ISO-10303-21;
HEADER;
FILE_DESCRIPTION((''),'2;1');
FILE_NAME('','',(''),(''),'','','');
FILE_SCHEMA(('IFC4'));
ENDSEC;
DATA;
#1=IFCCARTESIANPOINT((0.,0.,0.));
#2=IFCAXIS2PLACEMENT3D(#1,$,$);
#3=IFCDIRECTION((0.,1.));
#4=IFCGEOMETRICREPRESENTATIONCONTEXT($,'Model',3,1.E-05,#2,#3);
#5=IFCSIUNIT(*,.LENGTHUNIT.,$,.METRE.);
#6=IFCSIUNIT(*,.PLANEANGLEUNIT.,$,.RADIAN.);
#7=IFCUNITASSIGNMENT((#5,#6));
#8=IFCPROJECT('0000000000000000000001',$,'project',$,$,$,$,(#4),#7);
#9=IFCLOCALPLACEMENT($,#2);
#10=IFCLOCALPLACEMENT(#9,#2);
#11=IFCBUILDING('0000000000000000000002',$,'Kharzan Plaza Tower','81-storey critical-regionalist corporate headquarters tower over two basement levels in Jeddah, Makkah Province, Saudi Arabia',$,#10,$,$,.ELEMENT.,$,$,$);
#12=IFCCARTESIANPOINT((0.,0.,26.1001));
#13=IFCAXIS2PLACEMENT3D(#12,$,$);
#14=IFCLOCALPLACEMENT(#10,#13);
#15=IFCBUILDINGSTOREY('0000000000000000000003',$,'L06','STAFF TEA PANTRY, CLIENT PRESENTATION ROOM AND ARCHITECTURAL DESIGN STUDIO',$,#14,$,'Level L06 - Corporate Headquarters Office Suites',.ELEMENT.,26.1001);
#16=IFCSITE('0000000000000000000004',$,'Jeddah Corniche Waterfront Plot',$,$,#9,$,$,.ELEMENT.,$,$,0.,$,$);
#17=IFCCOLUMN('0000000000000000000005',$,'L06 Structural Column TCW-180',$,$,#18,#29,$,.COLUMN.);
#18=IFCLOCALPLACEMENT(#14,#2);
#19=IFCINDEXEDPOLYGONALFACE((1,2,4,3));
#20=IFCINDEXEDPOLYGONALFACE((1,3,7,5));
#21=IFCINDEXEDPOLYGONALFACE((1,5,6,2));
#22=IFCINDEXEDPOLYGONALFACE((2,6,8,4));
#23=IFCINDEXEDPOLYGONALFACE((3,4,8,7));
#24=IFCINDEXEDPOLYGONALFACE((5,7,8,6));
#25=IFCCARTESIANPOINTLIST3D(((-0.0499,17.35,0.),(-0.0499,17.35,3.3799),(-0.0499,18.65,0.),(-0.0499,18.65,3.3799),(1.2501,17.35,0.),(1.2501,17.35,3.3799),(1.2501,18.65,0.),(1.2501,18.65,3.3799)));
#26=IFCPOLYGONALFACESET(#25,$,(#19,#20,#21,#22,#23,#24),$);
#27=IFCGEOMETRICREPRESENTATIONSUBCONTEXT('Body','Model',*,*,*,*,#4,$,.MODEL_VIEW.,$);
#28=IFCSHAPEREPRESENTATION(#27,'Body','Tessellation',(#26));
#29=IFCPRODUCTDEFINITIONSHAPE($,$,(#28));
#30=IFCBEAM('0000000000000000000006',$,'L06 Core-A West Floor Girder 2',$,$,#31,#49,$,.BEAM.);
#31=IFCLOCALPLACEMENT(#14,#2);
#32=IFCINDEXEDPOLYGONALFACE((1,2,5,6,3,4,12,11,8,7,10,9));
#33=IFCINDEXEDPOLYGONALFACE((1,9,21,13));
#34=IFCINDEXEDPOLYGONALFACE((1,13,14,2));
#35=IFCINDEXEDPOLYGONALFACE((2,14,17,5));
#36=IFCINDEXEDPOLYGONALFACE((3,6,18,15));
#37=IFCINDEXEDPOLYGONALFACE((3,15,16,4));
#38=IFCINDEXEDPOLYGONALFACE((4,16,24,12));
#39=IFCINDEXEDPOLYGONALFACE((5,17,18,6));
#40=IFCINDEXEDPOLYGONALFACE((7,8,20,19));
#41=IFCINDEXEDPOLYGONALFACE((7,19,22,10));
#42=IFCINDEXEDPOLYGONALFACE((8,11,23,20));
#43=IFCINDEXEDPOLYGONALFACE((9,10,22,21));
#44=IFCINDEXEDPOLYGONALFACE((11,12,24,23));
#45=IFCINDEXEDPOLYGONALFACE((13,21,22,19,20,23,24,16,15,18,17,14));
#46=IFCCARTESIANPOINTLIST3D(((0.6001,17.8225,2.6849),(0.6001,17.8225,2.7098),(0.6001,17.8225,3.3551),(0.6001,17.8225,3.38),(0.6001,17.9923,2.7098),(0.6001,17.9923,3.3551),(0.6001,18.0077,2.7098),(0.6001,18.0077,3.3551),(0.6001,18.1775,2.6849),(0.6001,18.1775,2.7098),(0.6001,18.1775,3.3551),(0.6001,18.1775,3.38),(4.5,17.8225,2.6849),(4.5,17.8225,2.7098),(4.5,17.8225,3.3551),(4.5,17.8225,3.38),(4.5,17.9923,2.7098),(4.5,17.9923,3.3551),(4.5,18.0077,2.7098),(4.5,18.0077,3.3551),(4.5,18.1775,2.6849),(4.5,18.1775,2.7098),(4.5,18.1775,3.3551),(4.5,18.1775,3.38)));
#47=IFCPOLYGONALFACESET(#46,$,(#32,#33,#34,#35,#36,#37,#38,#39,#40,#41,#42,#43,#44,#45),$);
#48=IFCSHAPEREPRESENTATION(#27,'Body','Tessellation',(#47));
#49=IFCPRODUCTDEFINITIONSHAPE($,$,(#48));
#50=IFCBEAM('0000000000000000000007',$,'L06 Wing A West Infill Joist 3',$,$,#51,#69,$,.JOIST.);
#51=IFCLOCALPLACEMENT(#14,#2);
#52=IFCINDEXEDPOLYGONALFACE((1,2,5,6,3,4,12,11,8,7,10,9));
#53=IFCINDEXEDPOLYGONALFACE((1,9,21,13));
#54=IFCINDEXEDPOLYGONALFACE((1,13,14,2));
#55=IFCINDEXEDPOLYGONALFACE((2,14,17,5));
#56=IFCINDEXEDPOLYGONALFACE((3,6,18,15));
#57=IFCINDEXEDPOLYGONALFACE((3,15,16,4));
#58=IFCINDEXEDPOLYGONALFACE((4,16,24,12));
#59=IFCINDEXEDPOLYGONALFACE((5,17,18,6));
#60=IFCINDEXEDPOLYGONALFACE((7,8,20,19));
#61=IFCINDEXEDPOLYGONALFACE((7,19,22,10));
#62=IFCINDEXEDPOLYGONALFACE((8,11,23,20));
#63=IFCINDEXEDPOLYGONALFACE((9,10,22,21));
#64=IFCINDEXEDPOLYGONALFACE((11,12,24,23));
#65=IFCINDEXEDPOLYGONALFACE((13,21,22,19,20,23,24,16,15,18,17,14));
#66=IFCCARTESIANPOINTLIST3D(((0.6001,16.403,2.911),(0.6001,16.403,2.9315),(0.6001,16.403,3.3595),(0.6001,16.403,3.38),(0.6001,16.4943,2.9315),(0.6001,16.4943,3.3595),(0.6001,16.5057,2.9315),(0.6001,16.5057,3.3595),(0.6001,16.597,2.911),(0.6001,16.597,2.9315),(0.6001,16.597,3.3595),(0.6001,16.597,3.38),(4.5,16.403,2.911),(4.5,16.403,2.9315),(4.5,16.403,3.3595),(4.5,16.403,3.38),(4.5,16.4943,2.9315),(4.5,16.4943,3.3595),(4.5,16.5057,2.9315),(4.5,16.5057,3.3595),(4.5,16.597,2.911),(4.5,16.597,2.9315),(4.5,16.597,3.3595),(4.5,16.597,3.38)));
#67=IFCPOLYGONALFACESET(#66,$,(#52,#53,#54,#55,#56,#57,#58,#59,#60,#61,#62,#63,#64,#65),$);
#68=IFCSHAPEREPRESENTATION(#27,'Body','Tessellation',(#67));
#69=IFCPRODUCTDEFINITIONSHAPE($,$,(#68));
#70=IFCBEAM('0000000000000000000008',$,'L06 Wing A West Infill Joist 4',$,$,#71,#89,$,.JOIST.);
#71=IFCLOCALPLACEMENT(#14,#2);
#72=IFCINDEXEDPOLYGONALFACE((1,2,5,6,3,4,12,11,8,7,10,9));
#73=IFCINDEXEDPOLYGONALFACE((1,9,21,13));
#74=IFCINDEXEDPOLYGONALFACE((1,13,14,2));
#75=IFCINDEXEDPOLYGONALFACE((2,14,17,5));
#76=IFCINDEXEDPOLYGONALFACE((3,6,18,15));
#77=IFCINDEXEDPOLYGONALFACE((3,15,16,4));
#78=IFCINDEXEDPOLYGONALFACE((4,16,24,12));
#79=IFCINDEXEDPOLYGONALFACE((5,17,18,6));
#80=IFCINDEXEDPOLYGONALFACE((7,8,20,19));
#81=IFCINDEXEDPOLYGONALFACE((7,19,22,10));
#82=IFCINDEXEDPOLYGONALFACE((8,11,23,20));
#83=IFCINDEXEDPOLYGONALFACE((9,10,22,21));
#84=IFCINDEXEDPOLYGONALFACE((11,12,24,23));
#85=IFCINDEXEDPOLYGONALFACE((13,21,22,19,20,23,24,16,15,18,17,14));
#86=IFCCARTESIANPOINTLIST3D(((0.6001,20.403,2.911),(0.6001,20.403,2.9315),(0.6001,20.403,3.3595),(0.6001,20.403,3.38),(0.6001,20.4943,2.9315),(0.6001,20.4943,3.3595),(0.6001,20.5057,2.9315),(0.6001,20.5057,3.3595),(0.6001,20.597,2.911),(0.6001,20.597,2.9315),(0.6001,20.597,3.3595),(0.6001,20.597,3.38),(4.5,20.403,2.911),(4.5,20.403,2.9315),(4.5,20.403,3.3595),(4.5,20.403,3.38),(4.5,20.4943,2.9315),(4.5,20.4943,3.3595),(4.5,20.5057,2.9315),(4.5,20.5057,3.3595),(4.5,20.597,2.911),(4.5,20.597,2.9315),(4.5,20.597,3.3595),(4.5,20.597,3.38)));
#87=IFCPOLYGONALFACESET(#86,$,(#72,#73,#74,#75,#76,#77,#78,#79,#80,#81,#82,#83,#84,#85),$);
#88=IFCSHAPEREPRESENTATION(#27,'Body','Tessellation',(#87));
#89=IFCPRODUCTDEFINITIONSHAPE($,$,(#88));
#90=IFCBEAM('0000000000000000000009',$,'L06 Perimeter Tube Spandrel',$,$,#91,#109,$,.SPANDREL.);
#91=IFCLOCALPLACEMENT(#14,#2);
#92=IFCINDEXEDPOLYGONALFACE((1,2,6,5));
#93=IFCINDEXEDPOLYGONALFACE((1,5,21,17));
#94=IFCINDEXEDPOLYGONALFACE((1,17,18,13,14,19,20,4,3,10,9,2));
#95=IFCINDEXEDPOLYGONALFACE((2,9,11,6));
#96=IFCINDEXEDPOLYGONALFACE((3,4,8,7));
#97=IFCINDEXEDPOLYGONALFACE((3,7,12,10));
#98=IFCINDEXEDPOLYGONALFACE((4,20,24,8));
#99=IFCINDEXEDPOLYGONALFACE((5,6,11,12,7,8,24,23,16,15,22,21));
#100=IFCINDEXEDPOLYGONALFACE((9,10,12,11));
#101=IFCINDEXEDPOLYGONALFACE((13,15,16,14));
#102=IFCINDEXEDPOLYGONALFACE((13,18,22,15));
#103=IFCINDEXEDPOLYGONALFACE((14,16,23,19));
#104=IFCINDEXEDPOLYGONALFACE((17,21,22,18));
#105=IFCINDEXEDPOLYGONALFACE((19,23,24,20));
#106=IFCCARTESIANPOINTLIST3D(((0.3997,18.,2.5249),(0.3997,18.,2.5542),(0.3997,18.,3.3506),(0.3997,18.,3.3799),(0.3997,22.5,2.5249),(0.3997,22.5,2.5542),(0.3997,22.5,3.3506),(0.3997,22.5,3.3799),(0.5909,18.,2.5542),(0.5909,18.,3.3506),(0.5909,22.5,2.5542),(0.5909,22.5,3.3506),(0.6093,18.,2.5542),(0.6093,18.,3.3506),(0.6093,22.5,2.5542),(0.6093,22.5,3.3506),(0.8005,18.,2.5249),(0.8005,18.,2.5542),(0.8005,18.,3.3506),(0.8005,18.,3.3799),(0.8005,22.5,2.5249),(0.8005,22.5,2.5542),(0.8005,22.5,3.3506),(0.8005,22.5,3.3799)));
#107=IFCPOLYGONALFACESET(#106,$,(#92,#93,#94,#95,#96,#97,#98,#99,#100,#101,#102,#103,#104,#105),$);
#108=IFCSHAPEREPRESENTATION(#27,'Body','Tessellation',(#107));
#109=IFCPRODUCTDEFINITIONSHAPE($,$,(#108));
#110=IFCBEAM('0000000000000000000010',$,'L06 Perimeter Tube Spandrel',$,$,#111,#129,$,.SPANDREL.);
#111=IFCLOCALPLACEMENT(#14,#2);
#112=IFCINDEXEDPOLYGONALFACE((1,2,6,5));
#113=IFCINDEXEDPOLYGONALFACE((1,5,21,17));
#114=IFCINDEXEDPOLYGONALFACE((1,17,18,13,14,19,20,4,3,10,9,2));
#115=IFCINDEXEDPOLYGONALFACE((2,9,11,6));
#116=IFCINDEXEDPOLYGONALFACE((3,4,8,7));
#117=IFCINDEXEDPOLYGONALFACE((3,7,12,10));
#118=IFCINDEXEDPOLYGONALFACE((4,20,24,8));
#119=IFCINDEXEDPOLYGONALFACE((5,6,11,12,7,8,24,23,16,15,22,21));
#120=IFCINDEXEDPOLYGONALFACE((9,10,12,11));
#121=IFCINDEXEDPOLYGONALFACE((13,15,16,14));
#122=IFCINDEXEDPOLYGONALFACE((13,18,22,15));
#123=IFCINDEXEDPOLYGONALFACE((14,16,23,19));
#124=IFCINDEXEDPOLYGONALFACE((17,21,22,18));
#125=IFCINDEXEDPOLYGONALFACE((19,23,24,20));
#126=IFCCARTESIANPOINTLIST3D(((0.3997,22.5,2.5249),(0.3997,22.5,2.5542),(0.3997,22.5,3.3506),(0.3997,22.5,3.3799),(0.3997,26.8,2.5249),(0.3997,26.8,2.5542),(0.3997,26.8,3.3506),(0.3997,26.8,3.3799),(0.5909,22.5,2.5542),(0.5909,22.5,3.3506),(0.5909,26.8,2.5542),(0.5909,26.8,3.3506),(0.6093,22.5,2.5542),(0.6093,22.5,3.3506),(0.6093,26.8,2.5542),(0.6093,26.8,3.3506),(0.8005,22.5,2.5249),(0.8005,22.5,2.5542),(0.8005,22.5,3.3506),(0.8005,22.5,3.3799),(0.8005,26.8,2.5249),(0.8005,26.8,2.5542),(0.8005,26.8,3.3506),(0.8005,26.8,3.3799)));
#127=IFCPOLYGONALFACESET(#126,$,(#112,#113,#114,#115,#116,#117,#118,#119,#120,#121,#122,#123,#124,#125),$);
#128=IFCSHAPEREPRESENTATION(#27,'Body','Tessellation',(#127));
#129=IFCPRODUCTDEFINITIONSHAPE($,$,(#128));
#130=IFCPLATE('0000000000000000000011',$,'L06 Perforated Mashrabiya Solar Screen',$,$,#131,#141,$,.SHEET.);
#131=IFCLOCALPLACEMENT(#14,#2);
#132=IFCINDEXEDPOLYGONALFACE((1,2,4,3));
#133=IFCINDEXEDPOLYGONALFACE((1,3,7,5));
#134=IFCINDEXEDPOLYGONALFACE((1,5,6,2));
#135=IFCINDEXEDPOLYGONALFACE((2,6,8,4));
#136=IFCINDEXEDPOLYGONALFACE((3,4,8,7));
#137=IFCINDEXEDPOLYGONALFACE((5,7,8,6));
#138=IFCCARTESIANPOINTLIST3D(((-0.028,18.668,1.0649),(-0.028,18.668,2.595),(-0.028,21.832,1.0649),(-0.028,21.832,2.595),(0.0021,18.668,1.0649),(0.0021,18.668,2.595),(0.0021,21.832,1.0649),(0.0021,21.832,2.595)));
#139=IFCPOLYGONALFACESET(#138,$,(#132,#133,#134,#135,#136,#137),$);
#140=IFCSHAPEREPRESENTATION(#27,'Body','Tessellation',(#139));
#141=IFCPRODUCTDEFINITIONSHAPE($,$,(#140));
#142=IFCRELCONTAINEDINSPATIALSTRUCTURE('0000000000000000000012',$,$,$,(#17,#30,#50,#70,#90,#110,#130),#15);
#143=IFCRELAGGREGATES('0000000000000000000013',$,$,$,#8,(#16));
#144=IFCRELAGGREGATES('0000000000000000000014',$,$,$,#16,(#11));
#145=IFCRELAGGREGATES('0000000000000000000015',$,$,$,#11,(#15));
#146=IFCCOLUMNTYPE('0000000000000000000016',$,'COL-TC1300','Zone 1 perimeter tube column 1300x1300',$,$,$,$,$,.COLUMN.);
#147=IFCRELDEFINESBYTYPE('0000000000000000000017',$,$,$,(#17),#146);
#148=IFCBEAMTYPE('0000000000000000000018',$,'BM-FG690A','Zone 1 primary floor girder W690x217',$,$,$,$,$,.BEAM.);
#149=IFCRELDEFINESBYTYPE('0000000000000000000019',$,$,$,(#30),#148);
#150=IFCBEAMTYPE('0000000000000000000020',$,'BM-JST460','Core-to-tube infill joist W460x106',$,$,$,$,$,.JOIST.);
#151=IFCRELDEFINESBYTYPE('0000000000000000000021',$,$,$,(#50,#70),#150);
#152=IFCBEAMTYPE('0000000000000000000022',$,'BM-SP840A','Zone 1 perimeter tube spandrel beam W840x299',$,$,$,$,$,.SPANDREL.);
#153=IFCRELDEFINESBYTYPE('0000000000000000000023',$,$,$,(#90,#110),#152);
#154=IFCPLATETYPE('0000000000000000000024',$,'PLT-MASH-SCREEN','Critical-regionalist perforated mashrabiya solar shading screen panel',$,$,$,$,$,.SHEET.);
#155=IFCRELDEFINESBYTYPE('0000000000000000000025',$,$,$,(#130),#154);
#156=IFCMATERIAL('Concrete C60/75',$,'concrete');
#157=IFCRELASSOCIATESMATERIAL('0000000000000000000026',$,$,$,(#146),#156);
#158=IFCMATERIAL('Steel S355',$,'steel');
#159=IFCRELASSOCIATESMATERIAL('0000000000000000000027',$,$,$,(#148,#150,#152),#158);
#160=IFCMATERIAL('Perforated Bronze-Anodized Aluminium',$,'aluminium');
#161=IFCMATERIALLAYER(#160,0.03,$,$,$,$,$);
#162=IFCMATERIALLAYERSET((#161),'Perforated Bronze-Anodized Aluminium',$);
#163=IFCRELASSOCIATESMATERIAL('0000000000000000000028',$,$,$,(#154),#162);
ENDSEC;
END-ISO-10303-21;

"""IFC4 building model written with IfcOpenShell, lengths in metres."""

from ifc_helpers import new_model, si_unit, direction, frame, origin, origin_2d, place, context, subcontext, project, spatial, rectangle, i_section, extrude, source, transform, mapped, material, layer, layer_set, material_profile, profile_set, type_object, element, save


model = new_model("IFC4")

# Units and contexts
model_context = context("Model", 3, precision=1e-05, world=origin(), true_north=direction((0.0, 1.0)))
body_context = subcontext(model_context, "Body", "Model", "MODEL_VIEW")
ifc_project = project(units=[si_unit("LENGTHUNIT", "METRE"), si_unit("PLANEANGLEUNIT", "RADIAN")], contexts=[model_context])

# Site, building, storey
site_placement = place(None, origin())
site = spatial("IfcSite", under=ifc_project, at=site_placement, Name="Jeddah Corniche Waterfront Plot", CompositionType="ELEMENT", RefElevation=0.0)
building_placement = place(site_placement, origin())
building = spatial("IfcBuilding", under=site, at=building_placement, Name="Kharzan Plaza Tower", Description="81-storey critical-regionalist corporate headquarters tower over two basement levels in Jeddah, Makkah Province, Saudi Arabia", CompositionType="ELEMENT")
storey_placement = place(building_placement, frame((0.0, 0.0, 26.1001)))
storey = spatial("IfcBuildingStorey", under=building, at=storey_placement, Name="L06", Description="STAFF TEA PANTRY, CLIENT PRESENTATION ROOM AND ARCHITECTURAL DESIGN STUDIO", LongName="Level L06 - Corporate Headquarters Office Suites", CompositionType="ELEMENT", Elevation=26.1001)

# Column
ifc_material_1 = material(Name="Concrete C60/75", Category="concrete")
ifc_material_profile_1 = material_profile(ifc_material_1, rectangle(XDim=1.3, YDim=1.3, at=origin_2d()), Name="RC-TC1300x1300")
ifc_profile_set_1 = profile_set([ifc_material_profile_1], Name="Concrete C60/75")
column_type = type_object("IfcColumnType", Name="COL-TC1300", Description="Zone 1 perimeter tube column 1300x1300", PredefinedType="COLUMN", material=ifc_profile_set_1)
shared_shape_1 = source(origin(), body_context, "Body", "SweptSolid", [
    extrude(rectangle(XDim=1.3, YDim=1.3, at=origin_2d()), origin(), (0.0, 0.0, 1.0), 3.3799),
])
column_placement = place(storey_placement, frame((0.6001, 18.0, 0.0), z_axis=(0.0, 0.0, 1.0), x_axis=(1.0, 0.0, 0.0)))
element("IfcColumn", 1, at=column_placement, inside=storey, type_object=column_type, Name="L06 Structural Column TCW-180", PredefinedType="COLUMN", context=body_context, shape_type="MappedRepresentation", body=[
    mapped(shared_shape_1, transform((0.0, 0.0, 0.0), x_axis=(1.0, 0.0, 0.0), y_axis=(0.0, 1.0, 0.0), z_axis=(0.0, 0.0, 1.0))),
])

# Beams
ifc_material_2 = material(Name="Steel S355", Category="steel")
ifc_material_profile_2 = material_profile(ifc_material_2, i_section(OverallWidth=0.355, OverallDepth=0.6951, WebThickness=0.0154, FlangeThickness=0.0249, at=origin_2d()), Name="W690x217")
ifc_profile_set_2 = profile_set([ifc_material_profile_2], Name="Steel S355")
beam_type_1 = type_object("IfcBeamType", Name="BM-FG690A", Description="Zone 1 primary floor girder W690x217", PredefinedType="BEAM", material=ifc_profile_set_2)
shared_shape_2 = source(origin(), body_context, "Body", "SweptSolid", [
    extrude(i_section(OverallWidth=0.355, OverallDepth=0.6951, WebThickness=0.0154, FlangeThickness=0.0249, at=origin_2d()), origin(), (0.0, 0.0, 1.0), 3.8999),
])
beam_1_placement = place(storey_placement, frame((0.6001, 18.0, 3.0325), z_axis=(1.0, 0.0, 0.0), x_axis=(0.0, 1.0, 0.0)))
element("IfcBeam", 2, at=beam_1_placement, inside=storey, type_object=beam_type_1, Name="L06 Core-A West Floor Girder 2", PredefinedType="BEAM", context=body_context, shape_type="MappedRepresentation", body=[
    mapped(shared_shape_2, transform((0.0, 0.0, 0.0), x_axis=(1.0, 0.0, 0.0), y_axis=(0.0, 1.0, 0.0), z_axis=(0.0, 0.0, 1.0))),
])
ifc_material_profile_3 = material_profile(ifc_material_2, i_section(OverallWidth=0.1941, OverallDepth=0.469, WebThickness=0.0115, FlangeThickness=0.0205, at=origin_2d()), Name="W460x106")
ifc_profile_set_3 = profile_set([ifc_material_profile_3], Name="Steel S355")
beam_type_2 = type_object("IfcBeamType", Name="BM-JST460", Description="Core-to-tube infill joist W460x106", PredefinedType="JOIST", material=ifc_profile_set_3)
shared_shape_3 = source(origin(), body_context, "Body", "SweptSolid", [
    extrude(i_section(OverallWidth=0.1941, OverallDepth=0.469, WebThickness=0.0115, FlangeThickness=0.0205, at=origin_2d()), origin(), (0.0, 0.0, 1.0), 3.8999),
])
for number, where, z_axis, x_axis, name in (
    (3, (0.6001, 16.5, 3.1455), (1.0, 0.0, 0.0), (0.0, 1.0, 0.0), "L06 Wing A West Infill Joist 3"),
    (4, (0.6001, 20.5, 3.1455), (1.0, 0.0, 0.0), (0.0, 1.0, 0.0), "L06 Wing A West Infill Joist 4"),
):
    element("IfcBeam", number, at=place(storey_placement, frame(where, z_axis=z_axis, x_axis=x_axis)), inside=storey, type_object=beam_type_2, Name=name, PredefinedType="JOIST", context=body_context, shape_type="MappedRepresentation", body=[
        mapped(shared_shape_3, transform((0.0, 0.0, 0.0), x_axis=(1.0, 0.0, 0.0), y_axis=(0.0, 1.0, 0.0), z_axis=(0.0, 0.0, 1.0))),
    ])
ifc_material_profile_4 = material_profile(ifc_material_2, i_section(OverallWidth=0.4009, OverallDepth=0.855, WebThickness=0.0183, FlangeThickness=0.0293, at=origin_2d()), Name="W840x299")
ifc_profile_set_4 = profile_set([ifc_material_profile_4], Name="Steel S355")
beam_type_3 = type_object("IfcBeamType", Name="BM-SP840A", Description="Zone 1 perimeter tube spandrel beam W840x299", PredefinedType="SPANDREL", material=ifc_profile_set_4)
shared_shape_4 = source(origin(), body_context, "Body", "SweptSolid", [
    extrude(i_section(OverallWidth=0.4009, OverallDepth=0.855, WebThickness=0.0183, FlangeThickness=0.0293, at=origin_2d()), origin(), (0.0, 0.0, 1.0), 4.5),
])
beam_2_placement = place(storey_placement, frame((0.6001, 18.0, 2.9524), z_axis=(0.0, 1.0, 0.0), x_axis=(-1.0, 0.0, 0.0)))
element("IfcBeam", 5, at=beam_2_placement, inside=storey, type_object=beam_type_3, Name="L06 Perimeter Tube Spandrel", PredefinedType="SPANDREL", context=body_context, shape_type="MappedRepresentation", body=[
    mapped(shared_shape_4, transform((0.0, 0.0, 0.0), x_axis=(1.0, 0.0, 0.0), y_axis=(0.0, 1.0, 0.0), z_axis=(0.0, 0.0, 1.0))),
])
shared_shape_5 = source(origin(), body_context, "Body", "SweptSolid", [
    extrude(i_section(OverallWidth=0.4009, OverallDepth=0.855, WebThickness=0.0183, FlangeThickness=0.0293, at=origin_2d()), origin(), (0.0, 0.0, 1.0), 4.3),
])
beam_3_placement = place(storey_placement, frame((0.6001, 22.5, 2.9524), z_axis=(0.0, 1.0, 0.0), x_axis=(-1.0, 0.0, 0.0)))
element("IfcBeam", 6, at=beam_3_placement, inside=storey, type_object=beam_type_3, Name="L06 Perimeter Tube Spandrel", PredefinedType="SPANDREL", context=body_context, shape_type="MappedRepresentation", body=[
    mapped(shared_shape_5, transform((0.0, 0.0, 0.0), x_axis=(1.0, 0.0, 0.0), y_axis=(0.0, 1.0, 0.0), z_axis=(0.0, 0.0, 1.0))),
])

# Plate
ifc_material_3 = material(Name="Perforated Bronze-Anodized Aluminium", Category="aluminium")
ifc_layer_1 = layer(ifc_material_3, 0.03)
ifc_layer_set_1 = layer_set([ifc_layer_1], Name="Perforated Bronze-Anodized Aluminium")
plate_type = type_object("IfcPlateType", Name="PLT-MASH-SCREEN", Description="Critical-regionalist perforated mashrabiya solar shading screen panel", PredefinedType="SHEET", material=ifc_layer_set_1)
shared_shape_6 = source(origin(), body_context, "Body", "SweptSolid", [
    extrude(rectangle(XDim=3.1641, YDim=0.03, at=origin_2d()), origin(), (0.0, 0.0, 1.0), 1.53),
])
plate_placement = place(storey_placement, frame((-0.0129, 20.25, 1.0649), z_axis=(0.0, 0.0, 1.0), x_axis=(0.0, -1.0, 0.0)))
element("IfcPlate", 7, at=plate_placement, inside=storey, type_object=plate_type, Name="L06 Perforated Mashrabiya Solar Screen", PredefinedType="SHEET", context=body_context, shape_type="MappedRepresentation", body=[
    mapped(shared_shape_6, transform((0.0, 0.0, 0.0), x_axis=(1.0, 0.0, 0.0), y_axis=(0.0, 1.0, 0.0), z_axis=(0.0, 0.0, 1.0))),
])

save(model, "model.ifc")
